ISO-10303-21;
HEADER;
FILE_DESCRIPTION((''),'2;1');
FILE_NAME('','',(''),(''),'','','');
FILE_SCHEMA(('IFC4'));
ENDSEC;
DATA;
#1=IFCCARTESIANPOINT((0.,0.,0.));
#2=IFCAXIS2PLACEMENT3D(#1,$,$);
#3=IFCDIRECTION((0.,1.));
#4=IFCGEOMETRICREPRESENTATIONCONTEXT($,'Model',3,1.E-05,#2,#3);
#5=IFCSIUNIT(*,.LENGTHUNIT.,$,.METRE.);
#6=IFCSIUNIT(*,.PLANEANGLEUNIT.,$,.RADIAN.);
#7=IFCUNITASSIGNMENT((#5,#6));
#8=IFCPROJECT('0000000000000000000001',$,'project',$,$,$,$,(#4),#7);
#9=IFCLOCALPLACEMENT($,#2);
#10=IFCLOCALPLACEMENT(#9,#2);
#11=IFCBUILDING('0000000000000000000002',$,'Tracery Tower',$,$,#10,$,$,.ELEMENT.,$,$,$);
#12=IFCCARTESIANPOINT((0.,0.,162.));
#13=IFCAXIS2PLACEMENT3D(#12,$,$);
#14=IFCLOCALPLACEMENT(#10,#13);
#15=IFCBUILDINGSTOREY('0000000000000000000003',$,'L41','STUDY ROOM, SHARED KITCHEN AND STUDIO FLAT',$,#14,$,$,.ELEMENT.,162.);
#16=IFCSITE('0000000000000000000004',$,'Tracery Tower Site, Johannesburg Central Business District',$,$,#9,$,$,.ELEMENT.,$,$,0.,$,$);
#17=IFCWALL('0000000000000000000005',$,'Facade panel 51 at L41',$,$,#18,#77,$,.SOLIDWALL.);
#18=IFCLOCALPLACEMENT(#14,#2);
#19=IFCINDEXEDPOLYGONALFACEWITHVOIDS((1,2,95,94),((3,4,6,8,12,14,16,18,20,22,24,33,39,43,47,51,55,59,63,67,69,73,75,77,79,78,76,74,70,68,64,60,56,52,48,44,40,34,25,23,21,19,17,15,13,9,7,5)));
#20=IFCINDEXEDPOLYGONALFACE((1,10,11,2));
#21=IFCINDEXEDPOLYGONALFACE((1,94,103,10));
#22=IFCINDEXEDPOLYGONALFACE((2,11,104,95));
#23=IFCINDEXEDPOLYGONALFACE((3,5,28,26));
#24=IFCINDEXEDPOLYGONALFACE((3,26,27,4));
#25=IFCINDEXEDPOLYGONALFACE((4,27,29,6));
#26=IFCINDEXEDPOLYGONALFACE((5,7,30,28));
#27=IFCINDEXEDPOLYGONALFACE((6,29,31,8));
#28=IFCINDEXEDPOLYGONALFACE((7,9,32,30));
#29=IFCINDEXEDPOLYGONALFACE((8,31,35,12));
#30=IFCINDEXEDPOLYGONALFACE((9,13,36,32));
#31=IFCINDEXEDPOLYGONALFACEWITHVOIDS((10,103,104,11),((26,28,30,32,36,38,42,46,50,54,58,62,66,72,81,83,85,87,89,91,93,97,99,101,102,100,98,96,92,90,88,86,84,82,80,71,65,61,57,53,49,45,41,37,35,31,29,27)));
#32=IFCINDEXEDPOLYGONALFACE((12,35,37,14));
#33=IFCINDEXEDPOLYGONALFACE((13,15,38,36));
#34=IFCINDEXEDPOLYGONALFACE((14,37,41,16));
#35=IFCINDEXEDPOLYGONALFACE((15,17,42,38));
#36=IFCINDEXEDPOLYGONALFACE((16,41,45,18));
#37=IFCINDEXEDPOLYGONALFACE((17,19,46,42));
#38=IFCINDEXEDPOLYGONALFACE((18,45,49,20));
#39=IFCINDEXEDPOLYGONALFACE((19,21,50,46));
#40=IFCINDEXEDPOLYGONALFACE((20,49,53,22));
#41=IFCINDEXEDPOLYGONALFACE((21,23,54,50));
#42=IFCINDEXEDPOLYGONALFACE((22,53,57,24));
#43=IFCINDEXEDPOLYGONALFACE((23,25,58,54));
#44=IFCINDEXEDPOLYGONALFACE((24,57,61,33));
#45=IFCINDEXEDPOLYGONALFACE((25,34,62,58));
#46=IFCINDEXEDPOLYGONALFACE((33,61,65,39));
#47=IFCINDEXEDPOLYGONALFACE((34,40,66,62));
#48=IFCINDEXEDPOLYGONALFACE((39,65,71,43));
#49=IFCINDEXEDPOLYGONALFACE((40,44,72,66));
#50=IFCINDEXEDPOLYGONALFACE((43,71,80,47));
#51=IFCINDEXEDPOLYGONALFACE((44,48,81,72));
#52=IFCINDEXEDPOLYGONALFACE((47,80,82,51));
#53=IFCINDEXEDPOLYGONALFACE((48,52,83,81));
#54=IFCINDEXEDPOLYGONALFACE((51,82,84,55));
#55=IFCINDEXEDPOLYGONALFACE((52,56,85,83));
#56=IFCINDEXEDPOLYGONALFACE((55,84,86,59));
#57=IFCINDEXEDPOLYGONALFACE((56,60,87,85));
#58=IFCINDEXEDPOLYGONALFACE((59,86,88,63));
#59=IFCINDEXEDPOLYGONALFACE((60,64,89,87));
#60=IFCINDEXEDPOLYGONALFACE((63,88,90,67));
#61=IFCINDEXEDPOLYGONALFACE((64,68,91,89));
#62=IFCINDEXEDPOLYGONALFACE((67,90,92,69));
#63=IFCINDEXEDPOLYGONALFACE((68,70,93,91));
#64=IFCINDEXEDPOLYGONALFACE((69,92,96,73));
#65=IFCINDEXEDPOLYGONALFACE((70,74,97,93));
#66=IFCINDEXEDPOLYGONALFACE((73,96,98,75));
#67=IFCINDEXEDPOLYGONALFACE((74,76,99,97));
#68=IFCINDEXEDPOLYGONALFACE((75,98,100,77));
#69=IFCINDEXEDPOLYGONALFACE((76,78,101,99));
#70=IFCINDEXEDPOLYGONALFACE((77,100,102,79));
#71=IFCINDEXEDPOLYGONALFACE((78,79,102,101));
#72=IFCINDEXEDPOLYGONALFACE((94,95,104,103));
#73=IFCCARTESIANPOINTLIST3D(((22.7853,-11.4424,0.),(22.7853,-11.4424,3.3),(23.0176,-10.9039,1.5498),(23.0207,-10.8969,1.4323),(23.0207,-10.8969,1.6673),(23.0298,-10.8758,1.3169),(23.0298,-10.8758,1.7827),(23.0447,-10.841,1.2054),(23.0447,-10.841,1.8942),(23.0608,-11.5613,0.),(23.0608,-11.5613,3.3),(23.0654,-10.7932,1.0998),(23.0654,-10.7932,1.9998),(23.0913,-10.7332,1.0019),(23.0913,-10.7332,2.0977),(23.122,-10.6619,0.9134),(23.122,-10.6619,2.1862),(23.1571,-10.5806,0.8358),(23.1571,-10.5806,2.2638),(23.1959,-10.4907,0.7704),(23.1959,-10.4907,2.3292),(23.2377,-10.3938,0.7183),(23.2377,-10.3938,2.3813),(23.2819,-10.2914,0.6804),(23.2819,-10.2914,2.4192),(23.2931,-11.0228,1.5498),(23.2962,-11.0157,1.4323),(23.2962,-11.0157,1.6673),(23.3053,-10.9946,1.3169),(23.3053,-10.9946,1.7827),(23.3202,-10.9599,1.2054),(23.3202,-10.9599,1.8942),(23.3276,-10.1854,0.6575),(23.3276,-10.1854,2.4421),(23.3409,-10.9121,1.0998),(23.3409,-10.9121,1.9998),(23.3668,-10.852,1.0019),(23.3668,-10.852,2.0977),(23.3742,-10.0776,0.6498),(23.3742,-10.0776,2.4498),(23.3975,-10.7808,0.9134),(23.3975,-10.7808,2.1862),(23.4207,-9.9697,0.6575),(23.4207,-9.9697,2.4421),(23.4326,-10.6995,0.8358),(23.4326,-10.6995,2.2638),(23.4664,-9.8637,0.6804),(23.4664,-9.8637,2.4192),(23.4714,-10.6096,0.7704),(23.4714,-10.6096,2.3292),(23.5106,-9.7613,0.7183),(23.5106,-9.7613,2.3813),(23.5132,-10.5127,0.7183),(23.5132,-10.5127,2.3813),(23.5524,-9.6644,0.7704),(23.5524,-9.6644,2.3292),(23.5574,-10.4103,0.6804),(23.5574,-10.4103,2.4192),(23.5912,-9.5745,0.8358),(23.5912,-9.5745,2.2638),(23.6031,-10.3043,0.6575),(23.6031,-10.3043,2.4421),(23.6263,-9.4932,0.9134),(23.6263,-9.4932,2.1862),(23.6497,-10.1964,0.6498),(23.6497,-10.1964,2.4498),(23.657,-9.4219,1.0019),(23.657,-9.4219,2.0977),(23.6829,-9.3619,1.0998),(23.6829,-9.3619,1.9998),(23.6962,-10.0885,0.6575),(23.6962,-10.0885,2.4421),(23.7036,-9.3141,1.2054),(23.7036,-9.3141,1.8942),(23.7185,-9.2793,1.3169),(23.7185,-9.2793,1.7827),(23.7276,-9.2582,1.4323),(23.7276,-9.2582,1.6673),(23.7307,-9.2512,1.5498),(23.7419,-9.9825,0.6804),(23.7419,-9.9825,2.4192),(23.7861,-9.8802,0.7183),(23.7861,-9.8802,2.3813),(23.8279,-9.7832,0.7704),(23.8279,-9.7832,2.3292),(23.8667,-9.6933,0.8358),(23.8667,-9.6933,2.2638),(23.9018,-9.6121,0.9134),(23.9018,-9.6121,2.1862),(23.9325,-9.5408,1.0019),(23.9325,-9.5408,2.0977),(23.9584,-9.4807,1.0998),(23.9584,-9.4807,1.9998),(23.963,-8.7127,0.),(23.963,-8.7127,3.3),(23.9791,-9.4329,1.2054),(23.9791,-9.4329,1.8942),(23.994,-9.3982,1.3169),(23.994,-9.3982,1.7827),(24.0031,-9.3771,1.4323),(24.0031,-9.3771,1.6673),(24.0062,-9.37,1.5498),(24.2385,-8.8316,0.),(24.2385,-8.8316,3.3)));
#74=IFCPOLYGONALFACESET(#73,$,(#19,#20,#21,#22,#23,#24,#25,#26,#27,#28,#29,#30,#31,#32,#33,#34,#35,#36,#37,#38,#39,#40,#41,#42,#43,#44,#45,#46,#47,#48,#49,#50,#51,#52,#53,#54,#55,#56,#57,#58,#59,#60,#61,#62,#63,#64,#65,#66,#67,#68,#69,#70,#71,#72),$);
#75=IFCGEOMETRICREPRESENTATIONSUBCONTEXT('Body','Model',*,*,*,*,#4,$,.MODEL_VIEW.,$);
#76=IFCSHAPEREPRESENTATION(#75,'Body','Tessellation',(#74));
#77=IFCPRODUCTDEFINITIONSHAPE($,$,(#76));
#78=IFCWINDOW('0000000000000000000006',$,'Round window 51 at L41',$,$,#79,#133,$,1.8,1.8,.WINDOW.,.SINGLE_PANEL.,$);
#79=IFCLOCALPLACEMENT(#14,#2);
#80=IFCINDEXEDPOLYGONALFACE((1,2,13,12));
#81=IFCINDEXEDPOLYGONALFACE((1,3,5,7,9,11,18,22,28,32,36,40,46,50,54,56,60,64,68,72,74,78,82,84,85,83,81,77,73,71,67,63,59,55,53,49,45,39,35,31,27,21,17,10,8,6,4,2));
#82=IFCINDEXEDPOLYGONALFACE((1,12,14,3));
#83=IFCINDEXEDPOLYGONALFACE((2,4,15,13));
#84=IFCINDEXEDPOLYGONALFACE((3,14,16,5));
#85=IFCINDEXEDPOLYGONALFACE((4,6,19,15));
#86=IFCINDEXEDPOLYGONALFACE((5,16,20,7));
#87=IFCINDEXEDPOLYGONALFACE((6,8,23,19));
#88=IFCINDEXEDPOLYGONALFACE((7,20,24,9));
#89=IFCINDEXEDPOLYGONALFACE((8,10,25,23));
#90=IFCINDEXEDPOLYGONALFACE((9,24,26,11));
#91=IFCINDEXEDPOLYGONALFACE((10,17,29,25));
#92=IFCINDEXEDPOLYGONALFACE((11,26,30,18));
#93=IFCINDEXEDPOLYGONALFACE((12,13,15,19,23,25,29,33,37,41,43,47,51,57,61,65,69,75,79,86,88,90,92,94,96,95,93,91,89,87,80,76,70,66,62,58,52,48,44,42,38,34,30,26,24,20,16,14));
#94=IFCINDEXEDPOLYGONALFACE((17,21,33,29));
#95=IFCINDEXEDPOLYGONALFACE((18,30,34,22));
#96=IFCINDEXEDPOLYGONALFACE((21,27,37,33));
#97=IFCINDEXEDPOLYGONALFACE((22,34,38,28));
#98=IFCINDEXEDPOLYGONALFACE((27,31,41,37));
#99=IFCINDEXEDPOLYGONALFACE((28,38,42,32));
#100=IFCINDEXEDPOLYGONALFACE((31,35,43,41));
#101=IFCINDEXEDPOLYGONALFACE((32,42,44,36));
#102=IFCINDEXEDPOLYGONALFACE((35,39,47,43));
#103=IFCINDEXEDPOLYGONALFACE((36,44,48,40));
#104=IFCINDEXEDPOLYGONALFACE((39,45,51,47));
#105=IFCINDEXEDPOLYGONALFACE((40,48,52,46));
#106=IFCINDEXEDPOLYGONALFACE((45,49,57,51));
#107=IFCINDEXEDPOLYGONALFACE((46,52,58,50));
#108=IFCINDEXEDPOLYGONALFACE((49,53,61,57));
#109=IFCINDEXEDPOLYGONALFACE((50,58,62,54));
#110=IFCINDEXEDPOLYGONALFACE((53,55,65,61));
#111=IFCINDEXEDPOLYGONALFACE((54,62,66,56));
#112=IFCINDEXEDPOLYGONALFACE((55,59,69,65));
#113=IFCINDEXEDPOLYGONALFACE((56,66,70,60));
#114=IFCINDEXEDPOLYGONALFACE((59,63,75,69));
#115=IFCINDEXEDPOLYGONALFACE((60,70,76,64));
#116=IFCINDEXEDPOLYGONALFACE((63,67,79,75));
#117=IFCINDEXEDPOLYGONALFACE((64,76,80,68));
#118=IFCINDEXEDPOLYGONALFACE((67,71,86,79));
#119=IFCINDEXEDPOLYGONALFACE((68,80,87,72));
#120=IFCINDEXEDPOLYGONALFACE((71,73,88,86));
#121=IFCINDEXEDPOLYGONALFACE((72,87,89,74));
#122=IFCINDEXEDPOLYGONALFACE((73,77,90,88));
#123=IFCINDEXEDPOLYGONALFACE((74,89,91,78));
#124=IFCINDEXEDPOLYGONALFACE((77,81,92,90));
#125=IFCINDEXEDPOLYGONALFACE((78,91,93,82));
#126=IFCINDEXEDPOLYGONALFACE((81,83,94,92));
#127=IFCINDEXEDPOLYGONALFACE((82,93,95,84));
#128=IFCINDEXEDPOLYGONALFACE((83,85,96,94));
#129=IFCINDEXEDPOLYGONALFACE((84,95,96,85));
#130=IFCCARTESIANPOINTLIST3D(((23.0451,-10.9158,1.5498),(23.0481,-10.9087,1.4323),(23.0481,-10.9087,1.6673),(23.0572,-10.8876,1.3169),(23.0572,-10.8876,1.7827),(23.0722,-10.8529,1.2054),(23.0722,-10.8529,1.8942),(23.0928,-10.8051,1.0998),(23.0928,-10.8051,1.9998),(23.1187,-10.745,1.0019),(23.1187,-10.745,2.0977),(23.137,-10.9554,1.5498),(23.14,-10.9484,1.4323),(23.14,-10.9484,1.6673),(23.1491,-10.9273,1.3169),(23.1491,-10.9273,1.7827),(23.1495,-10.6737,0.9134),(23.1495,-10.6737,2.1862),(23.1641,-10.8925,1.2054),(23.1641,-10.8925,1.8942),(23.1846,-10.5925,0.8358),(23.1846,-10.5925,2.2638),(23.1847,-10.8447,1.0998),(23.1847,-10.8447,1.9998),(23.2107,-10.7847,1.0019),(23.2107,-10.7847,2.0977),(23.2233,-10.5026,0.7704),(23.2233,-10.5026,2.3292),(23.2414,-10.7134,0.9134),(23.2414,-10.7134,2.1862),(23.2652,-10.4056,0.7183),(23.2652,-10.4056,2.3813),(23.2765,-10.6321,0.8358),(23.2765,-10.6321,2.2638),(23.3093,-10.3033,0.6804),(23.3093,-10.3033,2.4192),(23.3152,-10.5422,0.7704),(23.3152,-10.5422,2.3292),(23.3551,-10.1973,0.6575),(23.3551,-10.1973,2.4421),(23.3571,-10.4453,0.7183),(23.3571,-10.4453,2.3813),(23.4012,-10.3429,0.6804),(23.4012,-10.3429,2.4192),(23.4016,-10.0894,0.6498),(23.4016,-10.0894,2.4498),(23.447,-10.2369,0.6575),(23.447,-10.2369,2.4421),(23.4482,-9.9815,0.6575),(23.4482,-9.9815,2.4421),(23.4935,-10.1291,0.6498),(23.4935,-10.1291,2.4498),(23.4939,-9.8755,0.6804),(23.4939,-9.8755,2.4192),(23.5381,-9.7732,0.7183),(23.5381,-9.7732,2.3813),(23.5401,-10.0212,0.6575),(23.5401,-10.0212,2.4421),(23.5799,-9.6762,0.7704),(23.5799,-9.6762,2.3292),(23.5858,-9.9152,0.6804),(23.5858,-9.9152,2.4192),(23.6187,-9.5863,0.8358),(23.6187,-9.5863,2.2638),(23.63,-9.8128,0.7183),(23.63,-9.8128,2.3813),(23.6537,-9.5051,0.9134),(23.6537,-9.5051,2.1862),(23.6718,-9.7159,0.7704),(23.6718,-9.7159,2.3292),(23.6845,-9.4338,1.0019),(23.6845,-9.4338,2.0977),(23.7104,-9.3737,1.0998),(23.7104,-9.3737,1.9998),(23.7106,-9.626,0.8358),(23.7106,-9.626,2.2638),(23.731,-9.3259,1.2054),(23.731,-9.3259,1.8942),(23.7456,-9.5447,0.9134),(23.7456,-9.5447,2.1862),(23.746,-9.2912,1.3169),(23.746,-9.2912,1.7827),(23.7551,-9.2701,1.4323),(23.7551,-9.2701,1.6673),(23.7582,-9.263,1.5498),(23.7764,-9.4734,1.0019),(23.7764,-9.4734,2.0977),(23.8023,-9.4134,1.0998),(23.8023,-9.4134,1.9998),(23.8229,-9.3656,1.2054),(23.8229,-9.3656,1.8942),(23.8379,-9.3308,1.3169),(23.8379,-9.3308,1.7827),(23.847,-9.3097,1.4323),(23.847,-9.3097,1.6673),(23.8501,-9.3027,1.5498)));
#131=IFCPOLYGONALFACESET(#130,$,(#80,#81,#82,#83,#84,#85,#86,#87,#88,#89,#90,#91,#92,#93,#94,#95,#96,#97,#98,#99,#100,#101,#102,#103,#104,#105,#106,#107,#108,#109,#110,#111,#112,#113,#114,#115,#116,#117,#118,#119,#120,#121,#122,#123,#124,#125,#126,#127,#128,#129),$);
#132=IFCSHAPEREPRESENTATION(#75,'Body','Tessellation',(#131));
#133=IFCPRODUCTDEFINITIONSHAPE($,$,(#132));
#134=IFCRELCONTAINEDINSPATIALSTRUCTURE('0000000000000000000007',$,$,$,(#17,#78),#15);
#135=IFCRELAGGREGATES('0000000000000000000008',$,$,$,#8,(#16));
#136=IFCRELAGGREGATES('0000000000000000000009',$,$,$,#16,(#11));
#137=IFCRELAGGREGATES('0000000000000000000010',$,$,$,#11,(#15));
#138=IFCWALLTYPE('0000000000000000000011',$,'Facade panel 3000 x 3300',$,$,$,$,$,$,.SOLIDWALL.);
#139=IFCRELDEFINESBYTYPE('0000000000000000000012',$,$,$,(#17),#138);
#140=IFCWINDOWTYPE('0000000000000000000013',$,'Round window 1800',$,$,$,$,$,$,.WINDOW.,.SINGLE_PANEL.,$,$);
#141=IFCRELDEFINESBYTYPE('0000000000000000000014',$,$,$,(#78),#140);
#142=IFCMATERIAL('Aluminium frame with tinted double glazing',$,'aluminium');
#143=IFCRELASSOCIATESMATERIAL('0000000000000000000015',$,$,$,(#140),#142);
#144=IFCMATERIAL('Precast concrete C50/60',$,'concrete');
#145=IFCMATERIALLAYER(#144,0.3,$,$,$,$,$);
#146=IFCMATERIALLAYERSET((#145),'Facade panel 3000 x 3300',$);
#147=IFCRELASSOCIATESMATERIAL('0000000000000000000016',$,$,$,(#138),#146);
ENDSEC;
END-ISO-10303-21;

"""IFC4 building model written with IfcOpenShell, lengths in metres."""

from ifc_helpers import new_model, si_unit, direction, frame, frame_2d, origin, origin_2d, place, context, subcontext, project, spatial, rectangle, circle, extrude, material, layer, layer_set, type_object, element, fill, save


model = new_model("IFC4")

# Units and contexts
model_context = context("Model", 3, precision=1e-05, world=origin(), true_north=direction((0.0, 1.0)))
body_context = subcontext(model_context, "Body", "Model", "MODEL_VIEW")
ifc_project = project(units=[si_unit("LENGTHUNIT", "METRE"), si_unit("PLANEANGLEUNIT", "RADIAN")], contexts=[model_context])

# Site, building, storey
site_placement = place(None, origin())
site = spatial("IfcSite", under=ifc_project, at=site_placement, Name="Tracery Tower Site, Johannesburg Central Business District", CompositionType="ELEMENT", RefElevation=0.0)
building_placement = place(site_placement, origin())
building = spatial("IfcBuilding", under=site, at=building_placement, Name="Tracery Tower", CompositionType="ELEMENT")
storey_placement = place(building_placement, frame((0.0, 0.0, 162.0)))
storey = spatial("IfcBuildingStorey", under=building, at=storey_placement, Name="L41", Description="STUDY ROOM, SHARED KITCHEN AND STUDIO FLAT", CompositionType="ELEMENT", Elevation=162.0)

# Wall, opening, window
ifc_material_1 = material(Name="Aluminium frame with tinted double glazing", Category="aluminium")
window_type = type_object("IfcWindowType", Name="Round window 1800", PartitioningType="SINGLE_PANEL", PredefinedType="WINDOW", material=ifc_material_1)
ifc_material_2 = material(Name="Precast concrete C50/60", Category="concrete")
ifc_layer_1 = layer(ifc_material_2, 0.3)
ifc_layer_set_1 = layer_set([ifc_layer_1], Name="Facade panel 3000 x 3300")
wall_type_1 = type_object("IfcWallType", Name="Facade panel 3000 x 3300", PredefinedType="SOLIDWALL", material=ifc_layer_set_1)
wall_1_placement = place(storey_placement, frame((22.9231, -11.5017, 0.0), z_axis=(0.0, 0.0, 1.0), x_axis=(0.396148, 0.918187, 0.0)))
wall_1 = element("IfcWall", 1, at=wall_1_placement, inside=storey, type_object=wall_type_1, Name="Facade panel 51 at L41", PredefinedType="SOLIDWALL", context=body_context, shape_type="SweptSolid", body=[
    extrude(rectangle(XDim=2.9729, YDim=0.3, at=frame_2d((1.4863, 0.0))), origin(), (0.0, 0.0, 1.0), 3.3),
])
opening_1_placement = place(wall_1_placement, frame((1.4863, 0.0, 1.5498)))
opening_1 = element("IfcOpeningElement", 2, at=opening_1_placement, cuts=wall_1, PredefinedType="OPENING", context=body_context, shape_type="SweptSolid", body=[
    extrude(circle(Radius=0.9, at=origin_2d()), frame((0.0, 0.1599, 0.0), z_axis=(0.0, -1.0, 0.0), x_axis=(1.0, 0.0, 0.0)), (0.0, 0.0, 1.0), 0.3201),
])
window_1_placement = place(opening_1_placement, origin())
window_1 = element("IfcWindow", 3, at=window_1_placement, inside=storey, type_object=window_type, Name="Round window 51 at L41", OverallHeight=1.8, OverallWidth=1.8, PartitioningType="SINGLE_PANEL", PredefinedType="WINDOW", context=body_context, shape_type="SweptSolid", body=[
    extrude(circle(Radius=0.9, at=origin_2d()), frame((0.0, 0.1201, 0.0), z_axis=(0.0, -1.0, 0.0), x_axis=(1.0, 0.0, 0.0)), (0.0, 0.0, 1.0), 0.1001),
])
fill(opening_1, window_1)

save(model, "model.ifc")
